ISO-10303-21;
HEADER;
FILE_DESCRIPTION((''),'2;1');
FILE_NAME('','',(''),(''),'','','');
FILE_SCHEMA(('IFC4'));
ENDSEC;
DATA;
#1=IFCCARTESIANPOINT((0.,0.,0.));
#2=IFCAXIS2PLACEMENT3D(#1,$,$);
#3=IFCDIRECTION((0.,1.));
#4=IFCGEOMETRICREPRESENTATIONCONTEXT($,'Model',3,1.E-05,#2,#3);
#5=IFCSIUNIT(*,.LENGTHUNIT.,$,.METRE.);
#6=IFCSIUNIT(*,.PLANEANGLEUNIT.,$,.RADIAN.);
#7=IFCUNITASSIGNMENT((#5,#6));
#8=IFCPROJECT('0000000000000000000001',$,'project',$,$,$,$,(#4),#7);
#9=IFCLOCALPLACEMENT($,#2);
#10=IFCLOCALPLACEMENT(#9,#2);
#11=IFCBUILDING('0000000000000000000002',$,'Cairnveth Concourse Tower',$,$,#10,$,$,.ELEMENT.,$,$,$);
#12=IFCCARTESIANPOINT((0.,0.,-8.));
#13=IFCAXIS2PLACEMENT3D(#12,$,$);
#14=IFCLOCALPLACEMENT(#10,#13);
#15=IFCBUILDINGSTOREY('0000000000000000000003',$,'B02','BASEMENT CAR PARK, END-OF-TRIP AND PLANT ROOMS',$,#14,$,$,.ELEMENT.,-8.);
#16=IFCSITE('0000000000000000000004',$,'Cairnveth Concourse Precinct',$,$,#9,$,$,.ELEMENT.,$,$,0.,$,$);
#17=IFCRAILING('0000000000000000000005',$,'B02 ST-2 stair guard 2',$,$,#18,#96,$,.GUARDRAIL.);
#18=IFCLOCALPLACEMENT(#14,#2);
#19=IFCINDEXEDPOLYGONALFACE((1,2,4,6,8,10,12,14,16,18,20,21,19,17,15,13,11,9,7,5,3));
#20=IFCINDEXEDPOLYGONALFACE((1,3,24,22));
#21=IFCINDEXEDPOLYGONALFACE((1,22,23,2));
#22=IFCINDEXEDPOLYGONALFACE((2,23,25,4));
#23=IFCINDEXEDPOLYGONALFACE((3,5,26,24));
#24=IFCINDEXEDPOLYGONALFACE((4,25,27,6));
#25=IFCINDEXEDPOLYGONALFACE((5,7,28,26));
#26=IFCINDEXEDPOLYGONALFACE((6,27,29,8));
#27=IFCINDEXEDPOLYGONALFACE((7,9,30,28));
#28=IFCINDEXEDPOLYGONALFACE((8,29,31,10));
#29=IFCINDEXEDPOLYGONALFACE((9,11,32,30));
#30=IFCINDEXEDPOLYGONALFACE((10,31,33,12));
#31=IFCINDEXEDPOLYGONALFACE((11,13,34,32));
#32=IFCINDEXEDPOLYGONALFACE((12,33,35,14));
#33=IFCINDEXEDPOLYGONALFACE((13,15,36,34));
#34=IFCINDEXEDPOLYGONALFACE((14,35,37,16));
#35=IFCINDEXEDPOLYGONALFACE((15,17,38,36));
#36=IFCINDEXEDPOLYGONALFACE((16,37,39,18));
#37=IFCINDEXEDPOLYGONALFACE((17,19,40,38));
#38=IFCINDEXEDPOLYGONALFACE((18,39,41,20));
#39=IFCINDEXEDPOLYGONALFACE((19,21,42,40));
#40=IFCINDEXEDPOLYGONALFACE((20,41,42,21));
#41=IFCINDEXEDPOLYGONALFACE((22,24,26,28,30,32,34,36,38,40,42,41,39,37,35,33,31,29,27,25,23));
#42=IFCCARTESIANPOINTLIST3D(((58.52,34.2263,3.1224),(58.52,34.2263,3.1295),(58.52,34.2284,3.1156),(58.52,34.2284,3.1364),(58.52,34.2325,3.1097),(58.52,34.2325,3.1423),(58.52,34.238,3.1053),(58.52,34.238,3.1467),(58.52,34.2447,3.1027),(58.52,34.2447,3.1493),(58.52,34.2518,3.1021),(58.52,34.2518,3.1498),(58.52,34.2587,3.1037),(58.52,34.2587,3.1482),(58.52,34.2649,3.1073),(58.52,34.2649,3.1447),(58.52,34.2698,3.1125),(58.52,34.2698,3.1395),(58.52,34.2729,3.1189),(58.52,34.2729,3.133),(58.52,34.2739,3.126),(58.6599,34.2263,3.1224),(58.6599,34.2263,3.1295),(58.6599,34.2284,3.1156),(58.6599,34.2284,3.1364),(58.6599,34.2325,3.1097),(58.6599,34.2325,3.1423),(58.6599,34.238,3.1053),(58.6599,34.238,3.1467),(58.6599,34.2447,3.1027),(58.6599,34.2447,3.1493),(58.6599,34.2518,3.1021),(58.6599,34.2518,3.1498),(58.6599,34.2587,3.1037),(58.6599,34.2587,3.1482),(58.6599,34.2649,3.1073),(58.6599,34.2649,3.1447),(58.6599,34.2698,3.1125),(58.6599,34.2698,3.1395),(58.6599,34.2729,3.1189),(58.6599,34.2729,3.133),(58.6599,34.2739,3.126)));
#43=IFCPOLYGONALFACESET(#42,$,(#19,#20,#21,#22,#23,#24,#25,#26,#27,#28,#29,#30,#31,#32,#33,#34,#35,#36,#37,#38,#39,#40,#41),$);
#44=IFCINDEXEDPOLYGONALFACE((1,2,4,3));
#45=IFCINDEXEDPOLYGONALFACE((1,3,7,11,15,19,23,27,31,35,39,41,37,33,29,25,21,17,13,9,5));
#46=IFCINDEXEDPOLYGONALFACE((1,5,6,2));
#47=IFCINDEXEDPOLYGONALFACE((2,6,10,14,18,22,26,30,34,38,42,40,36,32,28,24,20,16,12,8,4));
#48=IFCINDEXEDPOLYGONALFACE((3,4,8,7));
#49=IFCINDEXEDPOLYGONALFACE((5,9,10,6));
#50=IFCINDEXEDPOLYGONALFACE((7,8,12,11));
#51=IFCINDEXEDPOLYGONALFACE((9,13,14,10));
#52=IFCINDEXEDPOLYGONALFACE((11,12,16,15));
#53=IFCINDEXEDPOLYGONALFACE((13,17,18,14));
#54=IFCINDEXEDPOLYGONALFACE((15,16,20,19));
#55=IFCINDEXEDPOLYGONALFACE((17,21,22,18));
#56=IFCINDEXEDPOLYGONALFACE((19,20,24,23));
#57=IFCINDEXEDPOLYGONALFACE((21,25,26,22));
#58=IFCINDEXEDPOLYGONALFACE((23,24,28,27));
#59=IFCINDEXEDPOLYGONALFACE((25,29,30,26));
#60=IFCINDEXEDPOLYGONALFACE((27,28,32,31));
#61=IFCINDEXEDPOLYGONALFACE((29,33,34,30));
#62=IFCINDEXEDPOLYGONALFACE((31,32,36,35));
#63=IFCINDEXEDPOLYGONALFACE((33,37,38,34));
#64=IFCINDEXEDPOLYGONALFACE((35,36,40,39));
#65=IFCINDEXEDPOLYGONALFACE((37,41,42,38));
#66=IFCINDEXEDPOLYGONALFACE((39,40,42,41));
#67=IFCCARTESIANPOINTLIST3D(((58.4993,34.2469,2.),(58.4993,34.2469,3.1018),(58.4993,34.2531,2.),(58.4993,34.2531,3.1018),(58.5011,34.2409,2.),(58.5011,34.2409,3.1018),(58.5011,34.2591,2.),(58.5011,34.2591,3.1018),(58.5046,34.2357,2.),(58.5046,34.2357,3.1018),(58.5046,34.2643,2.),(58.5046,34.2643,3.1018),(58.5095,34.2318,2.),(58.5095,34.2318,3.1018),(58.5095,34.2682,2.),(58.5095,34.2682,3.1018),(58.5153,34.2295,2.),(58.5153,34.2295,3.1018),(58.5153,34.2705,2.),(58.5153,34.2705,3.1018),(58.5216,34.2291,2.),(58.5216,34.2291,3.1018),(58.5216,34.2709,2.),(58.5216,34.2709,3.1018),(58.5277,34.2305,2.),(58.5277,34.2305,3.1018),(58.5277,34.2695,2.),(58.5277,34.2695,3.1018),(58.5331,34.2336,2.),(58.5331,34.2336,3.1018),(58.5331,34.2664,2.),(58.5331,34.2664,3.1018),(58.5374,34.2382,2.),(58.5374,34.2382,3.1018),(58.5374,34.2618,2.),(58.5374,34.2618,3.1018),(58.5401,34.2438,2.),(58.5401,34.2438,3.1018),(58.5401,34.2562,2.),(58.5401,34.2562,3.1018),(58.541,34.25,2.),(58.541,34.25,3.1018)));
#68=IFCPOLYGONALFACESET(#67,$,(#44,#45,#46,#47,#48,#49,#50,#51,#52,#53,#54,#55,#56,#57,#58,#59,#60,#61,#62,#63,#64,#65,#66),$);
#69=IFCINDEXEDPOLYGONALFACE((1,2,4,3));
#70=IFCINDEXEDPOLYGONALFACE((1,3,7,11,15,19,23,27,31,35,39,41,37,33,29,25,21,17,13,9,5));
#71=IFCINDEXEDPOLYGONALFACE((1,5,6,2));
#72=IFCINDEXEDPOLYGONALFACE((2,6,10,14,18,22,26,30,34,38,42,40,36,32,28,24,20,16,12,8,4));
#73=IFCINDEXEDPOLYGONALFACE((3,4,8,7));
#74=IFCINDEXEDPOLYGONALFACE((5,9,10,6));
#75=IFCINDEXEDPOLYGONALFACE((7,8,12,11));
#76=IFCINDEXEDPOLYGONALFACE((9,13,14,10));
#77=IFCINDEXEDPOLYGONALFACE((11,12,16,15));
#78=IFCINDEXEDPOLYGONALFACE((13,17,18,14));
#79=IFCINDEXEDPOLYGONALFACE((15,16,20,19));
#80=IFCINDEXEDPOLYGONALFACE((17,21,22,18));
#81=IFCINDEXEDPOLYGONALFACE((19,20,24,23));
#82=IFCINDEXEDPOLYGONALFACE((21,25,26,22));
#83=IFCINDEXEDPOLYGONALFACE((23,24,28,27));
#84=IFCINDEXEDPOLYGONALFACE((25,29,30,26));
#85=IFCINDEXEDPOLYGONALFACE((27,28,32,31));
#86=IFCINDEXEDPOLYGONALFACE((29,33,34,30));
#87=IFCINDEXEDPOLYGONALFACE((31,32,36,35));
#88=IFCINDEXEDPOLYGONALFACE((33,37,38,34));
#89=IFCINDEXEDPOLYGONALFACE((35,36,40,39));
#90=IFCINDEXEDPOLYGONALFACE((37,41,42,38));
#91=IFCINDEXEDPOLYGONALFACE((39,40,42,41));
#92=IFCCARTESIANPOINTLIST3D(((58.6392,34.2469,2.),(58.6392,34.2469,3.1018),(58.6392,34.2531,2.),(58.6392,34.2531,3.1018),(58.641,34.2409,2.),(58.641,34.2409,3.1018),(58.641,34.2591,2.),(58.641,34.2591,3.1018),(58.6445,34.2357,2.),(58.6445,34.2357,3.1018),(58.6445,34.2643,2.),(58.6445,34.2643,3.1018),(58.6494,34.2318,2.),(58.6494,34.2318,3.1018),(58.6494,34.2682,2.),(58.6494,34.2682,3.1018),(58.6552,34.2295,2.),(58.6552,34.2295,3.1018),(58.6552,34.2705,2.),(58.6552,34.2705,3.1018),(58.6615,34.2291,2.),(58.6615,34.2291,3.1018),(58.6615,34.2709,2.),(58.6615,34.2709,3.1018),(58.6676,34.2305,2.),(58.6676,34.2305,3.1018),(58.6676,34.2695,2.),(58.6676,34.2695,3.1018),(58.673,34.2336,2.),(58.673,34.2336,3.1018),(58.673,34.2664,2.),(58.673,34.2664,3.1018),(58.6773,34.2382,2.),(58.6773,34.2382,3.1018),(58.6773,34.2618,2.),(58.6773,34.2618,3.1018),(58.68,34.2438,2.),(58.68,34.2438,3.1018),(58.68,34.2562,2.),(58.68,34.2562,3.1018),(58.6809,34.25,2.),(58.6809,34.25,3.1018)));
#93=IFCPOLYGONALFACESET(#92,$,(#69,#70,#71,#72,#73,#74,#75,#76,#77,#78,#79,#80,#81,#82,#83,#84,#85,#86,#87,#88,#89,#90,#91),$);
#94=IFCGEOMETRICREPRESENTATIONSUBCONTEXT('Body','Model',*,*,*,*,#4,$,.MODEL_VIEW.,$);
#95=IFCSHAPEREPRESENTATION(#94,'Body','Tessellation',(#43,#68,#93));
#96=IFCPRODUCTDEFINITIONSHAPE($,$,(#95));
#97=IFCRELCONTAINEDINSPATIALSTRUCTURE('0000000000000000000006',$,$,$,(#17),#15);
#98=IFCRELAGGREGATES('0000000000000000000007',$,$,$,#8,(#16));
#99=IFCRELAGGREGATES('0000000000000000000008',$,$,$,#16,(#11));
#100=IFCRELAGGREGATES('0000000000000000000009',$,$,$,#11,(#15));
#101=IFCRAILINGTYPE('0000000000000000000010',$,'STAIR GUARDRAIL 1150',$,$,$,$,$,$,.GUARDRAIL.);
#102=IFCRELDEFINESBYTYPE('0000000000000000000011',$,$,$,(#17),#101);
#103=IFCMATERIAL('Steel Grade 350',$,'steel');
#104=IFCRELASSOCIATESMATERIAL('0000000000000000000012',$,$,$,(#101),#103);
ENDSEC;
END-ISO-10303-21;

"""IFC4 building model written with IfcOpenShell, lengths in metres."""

from ifc_helpers import new_model, si_unit, direction, frame, origin, origin_2d, place, context, subcontext, project, spatial, circle, extrude, material, type_object, element, save


model = new_model("IFC4")

# Units and contexts
model_context = context("Model", 3, precision=1e-05, world=origin(), true_north=direction((0.0, 1.0)))
body_context = subcontext(model_context, "Body", "Model", "MODEL_VIEW")
ifc_project = project(units=[si_unit("LENGTHUNIT", "METRE"), si_unit("PLANEANGLEUNIT", "RADIAN")], contexts=[model_context])

# Site, building, storey
site_placement = place(None, origin())
site = spatial("IfcSite", under=ifc_project, at=site_placement, Name="Cairnveth Concourse Precinct", CompositionType="ELEMENT", RefElevation=0.0)
building_placement = place(site_placement, origin())
building = spatial("IfcBuilding", under=site, at=building_placement, Name="Cairnveth Concourse Tower", CompositionType="ELEMENT")
storey_placement = place(building_placement, frame((0.0, 0.0, -8.0)))
storey = spatial("IfcBuildingStorey", under=building, at=storey_placement, Name="B02", Description="BASEMENT CAR PARK, END-OF-TRIP AND PLANT ROOMS", CompositionType="ELEMENT", Elevation=-8.0)

# Shared definitions
ifc_material_1 = material(Name="Steel Grade 350", Category="steel")

# Railing
railing_type_1 = type_object("IfcRailingType", Name="STAIR GUARDRAIL 1150", PredefinedType="GUARDRAIL", material=ifc_material_1)
railing_1_placement = place(storey_placement, frame((58.52, 34.25, 2.0)))
element("IfcRailing", 1, at=railing_1_placement, inside=storey, type_object=railing_type_1, Name="B02 ST-2 stair guard 2", PredefinedType="GUARDRAIL", context=body_context, shape_type="SweptSolid", body=[
    extrude(circle(Radius=0.0239, at=origin_2d()), frame((0.0, 0.0, 1.126), z_axis=(1.0, 0.0, 0.0), x_axis=(0.0, 1.0, 0.0)), (0.0, 0.0, 1.0), 0.1399),
    extrude(circle(Radius=0.021, at=origin_2d()), origin(), (0.0, 0.0, 1.0), 1.1018),
    extrude(circle(Radius=0.021, at=origin_2d()), frame((0.1399, 0.0, 0.0)), (0.0, 0.0, 1.0), 1.1018),
])

save(model, "model.ifc")
